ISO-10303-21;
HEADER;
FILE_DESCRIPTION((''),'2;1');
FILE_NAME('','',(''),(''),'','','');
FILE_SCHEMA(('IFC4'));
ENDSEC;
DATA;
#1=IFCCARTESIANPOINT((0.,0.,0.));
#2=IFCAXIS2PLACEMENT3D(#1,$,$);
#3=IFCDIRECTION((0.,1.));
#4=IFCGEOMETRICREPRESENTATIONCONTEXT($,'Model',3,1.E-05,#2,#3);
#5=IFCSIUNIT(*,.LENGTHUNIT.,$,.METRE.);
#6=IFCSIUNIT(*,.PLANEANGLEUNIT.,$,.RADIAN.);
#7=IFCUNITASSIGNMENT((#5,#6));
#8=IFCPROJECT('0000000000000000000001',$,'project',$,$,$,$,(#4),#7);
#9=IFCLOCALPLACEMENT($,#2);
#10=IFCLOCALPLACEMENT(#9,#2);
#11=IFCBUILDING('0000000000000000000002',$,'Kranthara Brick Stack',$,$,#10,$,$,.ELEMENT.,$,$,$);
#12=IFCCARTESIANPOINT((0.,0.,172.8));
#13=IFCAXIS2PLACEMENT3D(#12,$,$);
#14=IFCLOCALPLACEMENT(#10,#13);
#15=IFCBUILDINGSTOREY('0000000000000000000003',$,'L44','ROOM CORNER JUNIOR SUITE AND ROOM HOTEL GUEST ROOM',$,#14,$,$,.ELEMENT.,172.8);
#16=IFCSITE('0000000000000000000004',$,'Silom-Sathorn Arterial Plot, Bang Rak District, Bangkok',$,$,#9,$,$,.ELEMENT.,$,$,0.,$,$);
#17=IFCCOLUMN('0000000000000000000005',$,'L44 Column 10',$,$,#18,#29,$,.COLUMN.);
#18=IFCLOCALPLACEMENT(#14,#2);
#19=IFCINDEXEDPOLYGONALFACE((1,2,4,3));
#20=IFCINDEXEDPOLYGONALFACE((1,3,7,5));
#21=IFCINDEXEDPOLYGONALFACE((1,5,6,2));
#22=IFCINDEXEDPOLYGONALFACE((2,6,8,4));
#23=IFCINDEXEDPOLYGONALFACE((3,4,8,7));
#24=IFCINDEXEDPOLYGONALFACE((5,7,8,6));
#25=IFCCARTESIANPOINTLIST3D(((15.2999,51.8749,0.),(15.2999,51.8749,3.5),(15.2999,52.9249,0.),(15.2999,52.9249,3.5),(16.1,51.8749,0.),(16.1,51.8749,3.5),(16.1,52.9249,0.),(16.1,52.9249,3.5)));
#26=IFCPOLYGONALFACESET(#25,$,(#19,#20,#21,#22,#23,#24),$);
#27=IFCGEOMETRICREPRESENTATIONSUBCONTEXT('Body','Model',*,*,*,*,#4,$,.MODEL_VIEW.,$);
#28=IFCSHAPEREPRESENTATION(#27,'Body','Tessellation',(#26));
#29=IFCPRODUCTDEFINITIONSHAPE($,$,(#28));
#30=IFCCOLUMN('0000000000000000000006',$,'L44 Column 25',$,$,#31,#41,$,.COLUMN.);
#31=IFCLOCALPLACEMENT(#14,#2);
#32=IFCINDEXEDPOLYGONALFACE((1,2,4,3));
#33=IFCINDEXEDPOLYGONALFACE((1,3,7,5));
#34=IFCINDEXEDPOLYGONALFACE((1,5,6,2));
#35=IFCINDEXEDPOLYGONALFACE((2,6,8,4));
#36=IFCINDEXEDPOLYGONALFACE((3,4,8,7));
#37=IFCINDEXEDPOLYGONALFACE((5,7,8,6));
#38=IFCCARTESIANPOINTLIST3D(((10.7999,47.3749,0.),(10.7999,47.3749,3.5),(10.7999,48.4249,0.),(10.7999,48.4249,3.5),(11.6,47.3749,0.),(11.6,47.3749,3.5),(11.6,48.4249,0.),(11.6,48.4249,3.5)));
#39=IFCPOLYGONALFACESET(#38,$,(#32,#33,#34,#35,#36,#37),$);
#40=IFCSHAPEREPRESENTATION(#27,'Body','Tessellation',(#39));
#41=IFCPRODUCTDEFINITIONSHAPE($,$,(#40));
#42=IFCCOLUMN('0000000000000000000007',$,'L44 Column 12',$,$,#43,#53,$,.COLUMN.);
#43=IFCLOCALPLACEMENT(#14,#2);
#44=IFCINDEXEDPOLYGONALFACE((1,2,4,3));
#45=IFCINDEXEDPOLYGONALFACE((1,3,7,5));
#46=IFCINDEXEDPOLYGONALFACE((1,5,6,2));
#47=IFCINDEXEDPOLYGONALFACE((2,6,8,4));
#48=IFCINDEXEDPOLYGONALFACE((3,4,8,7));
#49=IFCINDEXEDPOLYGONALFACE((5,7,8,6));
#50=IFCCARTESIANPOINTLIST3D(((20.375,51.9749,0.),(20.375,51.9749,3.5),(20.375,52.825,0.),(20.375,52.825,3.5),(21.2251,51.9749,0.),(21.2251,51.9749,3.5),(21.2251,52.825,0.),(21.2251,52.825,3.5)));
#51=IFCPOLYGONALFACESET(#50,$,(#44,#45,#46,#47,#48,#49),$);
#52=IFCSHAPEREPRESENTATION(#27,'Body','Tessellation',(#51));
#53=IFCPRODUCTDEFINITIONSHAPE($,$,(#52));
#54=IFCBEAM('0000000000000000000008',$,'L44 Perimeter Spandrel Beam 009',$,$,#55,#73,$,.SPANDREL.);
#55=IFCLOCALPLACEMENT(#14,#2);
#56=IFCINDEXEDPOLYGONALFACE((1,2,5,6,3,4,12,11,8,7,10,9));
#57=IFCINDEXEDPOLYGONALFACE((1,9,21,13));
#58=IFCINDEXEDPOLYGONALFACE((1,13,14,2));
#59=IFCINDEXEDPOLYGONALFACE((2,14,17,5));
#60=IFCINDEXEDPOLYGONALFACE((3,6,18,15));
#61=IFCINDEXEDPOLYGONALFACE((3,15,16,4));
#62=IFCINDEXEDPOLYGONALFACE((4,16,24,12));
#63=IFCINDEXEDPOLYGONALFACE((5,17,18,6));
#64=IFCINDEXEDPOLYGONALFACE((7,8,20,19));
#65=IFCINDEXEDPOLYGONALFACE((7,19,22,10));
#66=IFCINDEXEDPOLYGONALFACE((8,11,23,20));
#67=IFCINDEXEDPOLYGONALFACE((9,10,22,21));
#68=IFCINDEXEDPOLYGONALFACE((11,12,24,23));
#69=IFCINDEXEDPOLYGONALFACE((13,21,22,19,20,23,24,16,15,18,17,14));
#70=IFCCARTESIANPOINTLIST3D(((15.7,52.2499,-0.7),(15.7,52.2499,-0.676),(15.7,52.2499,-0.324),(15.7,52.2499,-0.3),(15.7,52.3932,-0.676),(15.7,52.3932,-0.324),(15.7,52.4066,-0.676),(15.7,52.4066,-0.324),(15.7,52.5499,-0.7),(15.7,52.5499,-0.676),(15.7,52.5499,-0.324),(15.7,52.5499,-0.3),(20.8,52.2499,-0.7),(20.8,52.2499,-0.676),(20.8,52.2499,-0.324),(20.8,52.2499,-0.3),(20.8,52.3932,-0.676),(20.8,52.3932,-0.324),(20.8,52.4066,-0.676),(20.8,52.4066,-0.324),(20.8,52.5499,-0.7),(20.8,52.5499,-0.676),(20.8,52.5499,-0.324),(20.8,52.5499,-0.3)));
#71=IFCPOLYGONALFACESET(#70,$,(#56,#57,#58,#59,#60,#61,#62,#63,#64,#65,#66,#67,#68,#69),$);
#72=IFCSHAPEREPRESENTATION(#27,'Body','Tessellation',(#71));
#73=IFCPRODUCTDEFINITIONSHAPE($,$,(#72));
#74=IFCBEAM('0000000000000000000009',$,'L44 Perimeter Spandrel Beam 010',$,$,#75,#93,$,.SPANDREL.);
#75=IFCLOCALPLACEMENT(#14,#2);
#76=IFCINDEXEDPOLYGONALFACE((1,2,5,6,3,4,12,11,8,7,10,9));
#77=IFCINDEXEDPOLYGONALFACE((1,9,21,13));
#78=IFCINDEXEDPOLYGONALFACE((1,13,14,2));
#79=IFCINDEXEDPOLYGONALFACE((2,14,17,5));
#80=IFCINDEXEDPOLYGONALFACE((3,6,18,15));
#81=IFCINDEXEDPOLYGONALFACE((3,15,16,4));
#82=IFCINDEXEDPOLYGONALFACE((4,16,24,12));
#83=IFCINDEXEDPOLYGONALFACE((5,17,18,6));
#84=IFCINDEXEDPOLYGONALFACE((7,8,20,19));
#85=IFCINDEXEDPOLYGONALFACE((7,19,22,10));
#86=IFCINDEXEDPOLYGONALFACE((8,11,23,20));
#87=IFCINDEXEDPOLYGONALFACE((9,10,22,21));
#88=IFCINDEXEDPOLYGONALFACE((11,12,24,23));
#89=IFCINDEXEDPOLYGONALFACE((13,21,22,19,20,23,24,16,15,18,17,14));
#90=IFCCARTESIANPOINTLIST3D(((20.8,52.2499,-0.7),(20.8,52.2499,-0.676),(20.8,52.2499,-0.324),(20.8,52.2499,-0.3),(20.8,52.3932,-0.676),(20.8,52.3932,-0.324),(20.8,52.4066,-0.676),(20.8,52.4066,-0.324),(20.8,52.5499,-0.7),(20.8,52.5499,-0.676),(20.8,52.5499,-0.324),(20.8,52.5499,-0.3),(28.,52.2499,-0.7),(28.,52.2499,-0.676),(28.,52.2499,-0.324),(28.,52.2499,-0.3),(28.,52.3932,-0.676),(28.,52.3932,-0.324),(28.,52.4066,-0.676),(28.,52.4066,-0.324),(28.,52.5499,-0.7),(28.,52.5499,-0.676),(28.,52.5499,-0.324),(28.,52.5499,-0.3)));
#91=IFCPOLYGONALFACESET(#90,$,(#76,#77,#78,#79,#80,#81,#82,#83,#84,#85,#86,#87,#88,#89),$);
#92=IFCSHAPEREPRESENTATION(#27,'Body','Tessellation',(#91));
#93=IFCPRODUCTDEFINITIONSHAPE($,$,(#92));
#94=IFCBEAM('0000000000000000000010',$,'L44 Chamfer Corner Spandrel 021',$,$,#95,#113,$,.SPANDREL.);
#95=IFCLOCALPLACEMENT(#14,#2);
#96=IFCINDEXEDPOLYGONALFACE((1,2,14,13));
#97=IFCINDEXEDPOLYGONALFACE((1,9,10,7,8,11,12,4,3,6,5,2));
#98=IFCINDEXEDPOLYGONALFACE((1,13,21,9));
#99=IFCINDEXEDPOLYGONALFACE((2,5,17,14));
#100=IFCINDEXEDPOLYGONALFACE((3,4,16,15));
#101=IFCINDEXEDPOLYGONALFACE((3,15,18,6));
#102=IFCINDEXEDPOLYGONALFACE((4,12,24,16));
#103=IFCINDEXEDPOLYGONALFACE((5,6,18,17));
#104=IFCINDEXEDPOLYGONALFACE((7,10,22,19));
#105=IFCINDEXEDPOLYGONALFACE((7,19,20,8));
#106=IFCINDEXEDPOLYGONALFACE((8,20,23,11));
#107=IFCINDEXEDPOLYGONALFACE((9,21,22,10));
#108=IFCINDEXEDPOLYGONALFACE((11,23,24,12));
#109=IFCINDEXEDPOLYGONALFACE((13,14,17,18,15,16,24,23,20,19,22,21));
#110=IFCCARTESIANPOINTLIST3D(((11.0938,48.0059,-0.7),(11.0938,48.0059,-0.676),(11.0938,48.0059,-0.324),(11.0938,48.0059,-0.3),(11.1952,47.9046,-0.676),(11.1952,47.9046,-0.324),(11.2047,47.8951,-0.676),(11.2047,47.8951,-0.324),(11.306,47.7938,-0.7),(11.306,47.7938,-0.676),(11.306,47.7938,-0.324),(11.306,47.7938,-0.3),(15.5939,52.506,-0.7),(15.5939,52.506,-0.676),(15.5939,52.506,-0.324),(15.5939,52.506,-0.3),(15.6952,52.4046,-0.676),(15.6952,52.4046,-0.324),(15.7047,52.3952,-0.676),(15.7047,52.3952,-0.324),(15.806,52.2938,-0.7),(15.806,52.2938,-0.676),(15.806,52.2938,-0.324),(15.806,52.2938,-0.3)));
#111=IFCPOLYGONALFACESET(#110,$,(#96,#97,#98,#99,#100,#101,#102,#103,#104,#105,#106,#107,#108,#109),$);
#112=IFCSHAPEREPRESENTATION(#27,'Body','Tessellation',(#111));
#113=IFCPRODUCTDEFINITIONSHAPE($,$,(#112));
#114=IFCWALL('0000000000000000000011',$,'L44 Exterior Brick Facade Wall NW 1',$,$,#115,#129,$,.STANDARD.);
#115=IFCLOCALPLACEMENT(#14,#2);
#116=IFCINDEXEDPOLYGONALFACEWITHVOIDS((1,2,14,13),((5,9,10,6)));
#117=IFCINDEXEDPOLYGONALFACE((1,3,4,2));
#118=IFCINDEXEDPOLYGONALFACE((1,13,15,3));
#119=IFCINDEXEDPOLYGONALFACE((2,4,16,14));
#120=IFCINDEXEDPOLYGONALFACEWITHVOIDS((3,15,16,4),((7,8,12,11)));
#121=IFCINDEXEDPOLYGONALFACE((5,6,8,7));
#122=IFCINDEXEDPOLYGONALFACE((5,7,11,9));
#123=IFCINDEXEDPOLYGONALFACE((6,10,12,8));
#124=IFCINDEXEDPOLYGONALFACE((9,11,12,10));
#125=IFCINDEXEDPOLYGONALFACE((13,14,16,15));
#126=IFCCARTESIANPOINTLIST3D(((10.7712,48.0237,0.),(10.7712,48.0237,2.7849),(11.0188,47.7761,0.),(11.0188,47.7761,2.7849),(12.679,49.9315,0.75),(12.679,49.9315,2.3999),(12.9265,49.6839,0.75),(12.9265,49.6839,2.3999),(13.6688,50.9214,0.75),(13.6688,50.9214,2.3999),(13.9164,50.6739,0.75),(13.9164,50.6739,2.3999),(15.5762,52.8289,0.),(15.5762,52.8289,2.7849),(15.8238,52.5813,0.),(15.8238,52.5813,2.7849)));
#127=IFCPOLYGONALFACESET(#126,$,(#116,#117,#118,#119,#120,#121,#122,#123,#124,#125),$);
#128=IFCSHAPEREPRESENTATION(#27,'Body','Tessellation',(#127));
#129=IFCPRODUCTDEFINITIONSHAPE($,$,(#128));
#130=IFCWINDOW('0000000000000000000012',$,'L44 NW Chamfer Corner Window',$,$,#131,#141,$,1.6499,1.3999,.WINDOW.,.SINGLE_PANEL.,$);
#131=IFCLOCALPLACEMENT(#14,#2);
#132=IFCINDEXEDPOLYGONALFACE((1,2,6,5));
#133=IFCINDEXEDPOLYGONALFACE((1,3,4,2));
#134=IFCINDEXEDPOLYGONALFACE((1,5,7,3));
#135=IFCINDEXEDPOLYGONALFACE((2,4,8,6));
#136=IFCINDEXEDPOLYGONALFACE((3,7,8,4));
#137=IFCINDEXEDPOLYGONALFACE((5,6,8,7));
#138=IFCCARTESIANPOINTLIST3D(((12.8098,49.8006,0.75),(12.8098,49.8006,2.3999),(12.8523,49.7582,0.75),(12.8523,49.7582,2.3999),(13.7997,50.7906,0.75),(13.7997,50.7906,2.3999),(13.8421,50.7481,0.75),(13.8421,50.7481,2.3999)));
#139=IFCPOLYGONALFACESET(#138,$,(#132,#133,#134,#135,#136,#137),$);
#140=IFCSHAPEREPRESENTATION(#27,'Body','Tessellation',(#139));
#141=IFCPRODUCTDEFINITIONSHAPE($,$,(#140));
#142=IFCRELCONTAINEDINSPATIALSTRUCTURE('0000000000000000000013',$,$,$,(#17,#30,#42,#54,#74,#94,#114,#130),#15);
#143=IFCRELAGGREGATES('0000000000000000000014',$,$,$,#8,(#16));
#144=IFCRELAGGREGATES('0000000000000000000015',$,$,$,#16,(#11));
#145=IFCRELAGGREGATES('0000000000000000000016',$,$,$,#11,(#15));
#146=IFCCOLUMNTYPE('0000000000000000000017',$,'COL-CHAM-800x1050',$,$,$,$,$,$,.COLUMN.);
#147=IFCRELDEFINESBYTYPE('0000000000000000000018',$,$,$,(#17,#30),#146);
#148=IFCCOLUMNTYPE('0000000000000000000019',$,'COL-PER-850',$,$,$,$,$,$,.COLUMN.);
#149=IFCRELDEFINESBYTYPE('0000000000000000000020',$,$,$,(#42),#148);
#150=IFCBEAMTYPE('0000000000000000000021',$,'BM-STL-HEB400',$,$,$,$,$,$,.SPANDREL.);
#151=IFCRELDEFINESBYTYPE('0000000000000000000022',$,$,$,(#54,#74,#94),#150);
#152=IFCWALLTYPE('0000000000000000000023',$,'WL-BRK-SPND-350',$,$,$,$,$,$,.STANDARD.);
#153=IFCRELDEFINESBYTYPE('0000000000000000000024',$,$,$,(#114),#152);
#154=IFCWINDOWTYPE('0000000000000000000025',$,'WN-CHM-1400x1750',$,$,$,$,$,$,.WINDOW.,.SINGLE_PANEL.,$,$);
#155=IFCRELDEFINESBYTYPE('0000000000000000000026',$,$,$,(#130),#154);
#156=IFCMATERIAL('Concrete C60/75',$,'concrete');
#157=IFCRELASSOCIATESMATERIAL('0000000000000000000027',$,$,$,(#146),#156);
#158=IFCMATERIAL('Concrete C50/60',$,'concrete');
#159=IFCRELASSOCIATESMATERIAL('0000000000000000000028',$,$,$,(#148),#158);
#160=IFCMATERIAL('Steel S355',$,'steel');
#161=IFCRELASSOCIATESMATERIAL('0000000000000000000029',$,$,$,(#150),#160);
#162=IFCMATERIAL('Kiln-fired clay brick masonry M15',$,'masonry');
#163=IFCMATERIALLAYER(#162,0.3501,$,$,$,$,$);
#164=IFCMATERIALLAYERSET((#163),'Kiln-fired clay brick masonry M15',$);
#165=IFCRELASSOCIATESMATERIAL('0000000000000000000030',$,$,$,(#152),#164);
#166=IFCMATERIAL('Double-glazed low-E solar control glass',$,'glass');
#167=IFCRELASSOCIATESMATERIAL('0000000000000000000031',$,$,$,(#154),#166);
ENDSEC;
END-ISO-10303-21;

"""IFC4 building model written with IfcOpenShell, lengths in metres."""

from ifc_helpers import new_model, si_unit, direction, frame, frame_2d, origin, origin_2d, place, context, subcontext, project, spatial, rectangle, i_section, extrude, material, layer, layer_set, material_profile, profile_set, type_object, element, fill, save


model = new_model("IFC4")

# Units and contexts
model_context = context("Model", 3, precision=1e-05, world=origin(), true_north=direction((0.0, 1.0)))
body_context = subcontext(model_context, "Body", "Model", "MODEL_VIEW")
ifc_project = project(units=[si_unit("LENGTHUNIT", "METRE"), si_unit("PLANEANGLEUNIT", "RADIAN")], contexts=[model_context])

# Site, building, storey
site_placement = place(None, origin())
site = spatial("IfcSite", under=ifc_project, at=site_placement, Name="Silom-Sathorn Arterial Plot, Bang Rak District, Bangkok", CompositionType="ELEMENT", RefElevation=0.0)
building_placement = place(site_placement, origin())
building = spatial("IfcBuilding", under=site, at=building_placement, Name="Kranthara Brick Stack", CompositionType="ELEMENT")
storey_placement = place(building_placement, frame((0.0, 0.0, 172.8)))
storey = spatial("IfcBuildingStorey", under=building, at=storey_placement, Name="L44", Description="ROOM CORNER JUNIOR SUITE AND ROOM HOTEL GUEST ROOM", CompositionType="ELEMENT", Elevation=172.8)

# Columns
ifc_material_1 = material(Name="Concrete C60/75", Category="concrete")
ifc_material_profile_1 = material_profile(ifc_material_1, rectangle(XDim=0.8, YDim=1.05, at=origin_2d()), Name="RC 800x1050")
ifc_profile_set_1 = profile_set([ifc_material_profile_1], Name="Concrete C60/75")
column_type_1 = type_object("IfcColumnType", Name="COL-CHAM-800x1050", PredefinedType="COLUMN", material=ifc_profile_set_1)
for number, where, z_axis, x_axis, name in (
    (1, (15.7, 52.3999, 0.0), (0.0, 0.0, 1.0), (1.0, 0.0, 0.0), "L44 Column 10"),
    (2, (11.2, 47.8999, 0.0), (0.0, 0.0, 1.0), (1.0, 0.0, 0.0), "L44 Column 25"),
):
    element("IfcColumn", number, at=place(storey_placement, frame(where, z_axis=z_axis, x_axis=x_axis)), inside=storey, type_object=column_type_1, Name=name, PredefinedType="COLUMN", context=body_context, shape_type="SweptSolid", body=[
        extrude(rectangle(XDim=0.8, YDim=1.05, at=origin_2d()), origin(), (0.0, 0.0, 1.0), 3.5),
    ])
ifc_material_2 = material(Name="Concrete C50/60", Category="concrete")
ifc_material_profile_2 = material_profile(ifc_material_2, rectangle(XDim=0.8501, YDim=0.8501, at=origin_2d()), Name="RC 850x850")
ifc_profile_set_2 = profile_set([ifc_material_profile_2], Name="Concrete C50/60")
column_type_2 = type_object("IfcColumnType", Name="COL-PER-850", PredefinedType="COLUMN", material=ifc_profile_set_2)
column_placement = place(storey_placement, frame((20.8, 52.3999, 0.0), z_axis=(0.0, 0.0, 1.0), x_axis=(1.0, 0.0, 0.0)))
element("IfcColumn", 3, at=column_placement, inside=storey, type_object=column_type_2, Name="L44 Column 12", PredefinedType="COLUMN", context=body_context, shape_type="SweptSolid", body=[
    extrude(rectangle(XDim=0.8501, YDim=0.8501, at=origin_2d()), origin(), (0.0, 0.0, 1.0), 3.5),
])

# Beams
ifc_material_3 = material(Name="Steel S355", Category="steel")
ifc_material_profile_3 = material_profile(ifc_material_3, i_section(OverallWidth=0.3, OverallDepth=0.3999, WebThickness=0.0134, FlangeThickness=0.0239, at=origin_2d()), Name="HEB 400")
ifc_profile_set_3 = profile_set([ifc_material_profile_3], Name="Steel S355")
beam_type = type_object("IfcBeamType", Name="BM-STL-HEB400", PredefinedType="SPANDREL", material=ifc_profile_set_3)
beam_1_placement = place(storey_placement, frame((15.7, 52.3999, -0.5), z_axis=(1.0, 0.0, 0.0), x_axis=(0.0, 1.0, 0.0)))
element("IfcBeam", 4, at=beam_1_placement, inside=storey, type_object=beam_type, Name="L44 Perimeter Spandrel Beam 009", PredefinedType="SPANDREL", context=body_context, shape_type="SweptSolid", body=[
    extrude(i_section(OverallWidth=0.3, OverallDepth=0.3999, WebThickness=0.0134, FlangeThickness=0.0239, at=origin_2d()), origin(), (0.0, 0.0, 1.0), 5.1001),
])
beam_2_placement = place(storey_placement, frame((20.8, 52.3999, -0.5), z_axis=(1.0, 0.0, 0.0), x_axis=(0.0, 1.0, 0.0)))
element("IfcBeam", 5, at=beam_2_placement, inside=storey, type_object=beam_type, Name="L44 Perimeter Spandrel Beam 010", PredefinedType="SPANDREL", context=body_context, shape_type="SweptSolid", body=[
    extrude(i_section(OverallWidth=0.3, OverallDepth=0.3999, WebThickness=0.0134, FlangeThickness=0.0239, at=origin_2d()), origin(), (0.0, 0.0, 1.0), 7.2),
])
beam_3_placement = place(storey_placement, frame((15.7, 52.3999, -0.5), z_axis=(-0.707107, -0.707107, 0.0), x_axis=(0.707107, -0.707107, 0.0)))
element("IfcBeam", 6, at=beam_3_placement, inside=storey, type_object=beam_type, Name="L44 Chamfer Corner Spandrel 021", PredefinedType="SPANDREL", context=body_context, shape_type="SweptSolid", body=[
    extrude(i_section(OverallWidth=0.3, OverallDepth=0.3999, WebThickness=0.0134, FlangeThickness=0.0239, at=origin_2d()), origin(), (0.0, 0.0, 1.0), 6.364),
])

# Wall, opening, window
ifc_material_4 = material(Name="Kiln-fired clay brick masonry M15", Category="masonry")
ifc_layer_1 = layer(ifc_material_4, 0.3501)
ifc_layer_set_1 = layer_set([ifc_layer_1], Name="Kiln-fired clay brick masonry M15")
wall_type_1 = type_object("IfcWallType", Name="WL-BRK-SPND-350", PredefinedType="STANDARD", material=ifc_layer_set_1)
wall_1_placement = place(storey_placement, frame((10.895, 47.8999, 0.0), z_axis=(0.0, 0.0, 1.0), x_axis=(0.707089, 0.707125, 0.0)))
wall_1 = element("IfcWall", 7, at=wall_1_placement, inside=storey, type_object=wall_type_1, Name="L44 Exterior Brick Facade Wall NW 1", PredefinedType="STANDARD", context=body_context, shape_type="SweptSolid", body=[
    extrude(rectangle(XDim=6.7954, YDim=0.3501, at=frame_2d((3.3977, 0.0))), origin(), (0.0, 0.0, 1.0), 2.7849),
])
opening_1_placement = place(wall_1_placement, frame((2.698, 0.0, 0.75)))
opening_1 = element("IfcOpeningElement", 8, at=opening_1_placement, cuts=wall_1, PredefinedType="OPENING", context=body_context, shape_type="SweptSolid", body=[
    extrude(rectangle(XDim=1.3999, YDim=1.6499, at=frame_2d((0.7, 0.825))), frame((0.0, 0.1851, 0.0), z_axis=(0.0, -1.0, 0.0), x_axis=(1.0, 0.0, 0.0)), (0.0, 0.0, 1.0), 0.3701),
])
ifc_material_5 = material(Name="Double-glazed low-E solar control glass", Category="glass")
window_type_1 = type_object("IfcWindowType", Name="WN-CHM-1400x1750", PartitioningType="SINGLE_PANEL", PredefinedType="WINDOW", material=ifc_material_5)
window_1_placement = place(opening_1_placement, origin())
window_1 = element("IfcWindow", 9, at=window_1_placement, inside=storey, type_object=window_type_1, Name="L44 NW Chamfer Corner Window", OverallHeight=1.6499, OverallWidth=1.3999, PartitioningType="SINGLE_PANEL", PredefinedType="WINDOW", context=body_context, shape_type="SweptSolid", body=[
    extrude(rectangle(XDim=1.3999, YDim=1.6499, at=frame_2d((0.7, 0.825))), frame((0.0, -0.01, 0.0), z_axis=(0.0, -1.0, 0.0), x_axis=(1.0, 0.0, 0.0)), (0.0, 0.0, 1.0), 0.0601),
])
fill(opening_1, window_1)

save(model, "model.ifc")
